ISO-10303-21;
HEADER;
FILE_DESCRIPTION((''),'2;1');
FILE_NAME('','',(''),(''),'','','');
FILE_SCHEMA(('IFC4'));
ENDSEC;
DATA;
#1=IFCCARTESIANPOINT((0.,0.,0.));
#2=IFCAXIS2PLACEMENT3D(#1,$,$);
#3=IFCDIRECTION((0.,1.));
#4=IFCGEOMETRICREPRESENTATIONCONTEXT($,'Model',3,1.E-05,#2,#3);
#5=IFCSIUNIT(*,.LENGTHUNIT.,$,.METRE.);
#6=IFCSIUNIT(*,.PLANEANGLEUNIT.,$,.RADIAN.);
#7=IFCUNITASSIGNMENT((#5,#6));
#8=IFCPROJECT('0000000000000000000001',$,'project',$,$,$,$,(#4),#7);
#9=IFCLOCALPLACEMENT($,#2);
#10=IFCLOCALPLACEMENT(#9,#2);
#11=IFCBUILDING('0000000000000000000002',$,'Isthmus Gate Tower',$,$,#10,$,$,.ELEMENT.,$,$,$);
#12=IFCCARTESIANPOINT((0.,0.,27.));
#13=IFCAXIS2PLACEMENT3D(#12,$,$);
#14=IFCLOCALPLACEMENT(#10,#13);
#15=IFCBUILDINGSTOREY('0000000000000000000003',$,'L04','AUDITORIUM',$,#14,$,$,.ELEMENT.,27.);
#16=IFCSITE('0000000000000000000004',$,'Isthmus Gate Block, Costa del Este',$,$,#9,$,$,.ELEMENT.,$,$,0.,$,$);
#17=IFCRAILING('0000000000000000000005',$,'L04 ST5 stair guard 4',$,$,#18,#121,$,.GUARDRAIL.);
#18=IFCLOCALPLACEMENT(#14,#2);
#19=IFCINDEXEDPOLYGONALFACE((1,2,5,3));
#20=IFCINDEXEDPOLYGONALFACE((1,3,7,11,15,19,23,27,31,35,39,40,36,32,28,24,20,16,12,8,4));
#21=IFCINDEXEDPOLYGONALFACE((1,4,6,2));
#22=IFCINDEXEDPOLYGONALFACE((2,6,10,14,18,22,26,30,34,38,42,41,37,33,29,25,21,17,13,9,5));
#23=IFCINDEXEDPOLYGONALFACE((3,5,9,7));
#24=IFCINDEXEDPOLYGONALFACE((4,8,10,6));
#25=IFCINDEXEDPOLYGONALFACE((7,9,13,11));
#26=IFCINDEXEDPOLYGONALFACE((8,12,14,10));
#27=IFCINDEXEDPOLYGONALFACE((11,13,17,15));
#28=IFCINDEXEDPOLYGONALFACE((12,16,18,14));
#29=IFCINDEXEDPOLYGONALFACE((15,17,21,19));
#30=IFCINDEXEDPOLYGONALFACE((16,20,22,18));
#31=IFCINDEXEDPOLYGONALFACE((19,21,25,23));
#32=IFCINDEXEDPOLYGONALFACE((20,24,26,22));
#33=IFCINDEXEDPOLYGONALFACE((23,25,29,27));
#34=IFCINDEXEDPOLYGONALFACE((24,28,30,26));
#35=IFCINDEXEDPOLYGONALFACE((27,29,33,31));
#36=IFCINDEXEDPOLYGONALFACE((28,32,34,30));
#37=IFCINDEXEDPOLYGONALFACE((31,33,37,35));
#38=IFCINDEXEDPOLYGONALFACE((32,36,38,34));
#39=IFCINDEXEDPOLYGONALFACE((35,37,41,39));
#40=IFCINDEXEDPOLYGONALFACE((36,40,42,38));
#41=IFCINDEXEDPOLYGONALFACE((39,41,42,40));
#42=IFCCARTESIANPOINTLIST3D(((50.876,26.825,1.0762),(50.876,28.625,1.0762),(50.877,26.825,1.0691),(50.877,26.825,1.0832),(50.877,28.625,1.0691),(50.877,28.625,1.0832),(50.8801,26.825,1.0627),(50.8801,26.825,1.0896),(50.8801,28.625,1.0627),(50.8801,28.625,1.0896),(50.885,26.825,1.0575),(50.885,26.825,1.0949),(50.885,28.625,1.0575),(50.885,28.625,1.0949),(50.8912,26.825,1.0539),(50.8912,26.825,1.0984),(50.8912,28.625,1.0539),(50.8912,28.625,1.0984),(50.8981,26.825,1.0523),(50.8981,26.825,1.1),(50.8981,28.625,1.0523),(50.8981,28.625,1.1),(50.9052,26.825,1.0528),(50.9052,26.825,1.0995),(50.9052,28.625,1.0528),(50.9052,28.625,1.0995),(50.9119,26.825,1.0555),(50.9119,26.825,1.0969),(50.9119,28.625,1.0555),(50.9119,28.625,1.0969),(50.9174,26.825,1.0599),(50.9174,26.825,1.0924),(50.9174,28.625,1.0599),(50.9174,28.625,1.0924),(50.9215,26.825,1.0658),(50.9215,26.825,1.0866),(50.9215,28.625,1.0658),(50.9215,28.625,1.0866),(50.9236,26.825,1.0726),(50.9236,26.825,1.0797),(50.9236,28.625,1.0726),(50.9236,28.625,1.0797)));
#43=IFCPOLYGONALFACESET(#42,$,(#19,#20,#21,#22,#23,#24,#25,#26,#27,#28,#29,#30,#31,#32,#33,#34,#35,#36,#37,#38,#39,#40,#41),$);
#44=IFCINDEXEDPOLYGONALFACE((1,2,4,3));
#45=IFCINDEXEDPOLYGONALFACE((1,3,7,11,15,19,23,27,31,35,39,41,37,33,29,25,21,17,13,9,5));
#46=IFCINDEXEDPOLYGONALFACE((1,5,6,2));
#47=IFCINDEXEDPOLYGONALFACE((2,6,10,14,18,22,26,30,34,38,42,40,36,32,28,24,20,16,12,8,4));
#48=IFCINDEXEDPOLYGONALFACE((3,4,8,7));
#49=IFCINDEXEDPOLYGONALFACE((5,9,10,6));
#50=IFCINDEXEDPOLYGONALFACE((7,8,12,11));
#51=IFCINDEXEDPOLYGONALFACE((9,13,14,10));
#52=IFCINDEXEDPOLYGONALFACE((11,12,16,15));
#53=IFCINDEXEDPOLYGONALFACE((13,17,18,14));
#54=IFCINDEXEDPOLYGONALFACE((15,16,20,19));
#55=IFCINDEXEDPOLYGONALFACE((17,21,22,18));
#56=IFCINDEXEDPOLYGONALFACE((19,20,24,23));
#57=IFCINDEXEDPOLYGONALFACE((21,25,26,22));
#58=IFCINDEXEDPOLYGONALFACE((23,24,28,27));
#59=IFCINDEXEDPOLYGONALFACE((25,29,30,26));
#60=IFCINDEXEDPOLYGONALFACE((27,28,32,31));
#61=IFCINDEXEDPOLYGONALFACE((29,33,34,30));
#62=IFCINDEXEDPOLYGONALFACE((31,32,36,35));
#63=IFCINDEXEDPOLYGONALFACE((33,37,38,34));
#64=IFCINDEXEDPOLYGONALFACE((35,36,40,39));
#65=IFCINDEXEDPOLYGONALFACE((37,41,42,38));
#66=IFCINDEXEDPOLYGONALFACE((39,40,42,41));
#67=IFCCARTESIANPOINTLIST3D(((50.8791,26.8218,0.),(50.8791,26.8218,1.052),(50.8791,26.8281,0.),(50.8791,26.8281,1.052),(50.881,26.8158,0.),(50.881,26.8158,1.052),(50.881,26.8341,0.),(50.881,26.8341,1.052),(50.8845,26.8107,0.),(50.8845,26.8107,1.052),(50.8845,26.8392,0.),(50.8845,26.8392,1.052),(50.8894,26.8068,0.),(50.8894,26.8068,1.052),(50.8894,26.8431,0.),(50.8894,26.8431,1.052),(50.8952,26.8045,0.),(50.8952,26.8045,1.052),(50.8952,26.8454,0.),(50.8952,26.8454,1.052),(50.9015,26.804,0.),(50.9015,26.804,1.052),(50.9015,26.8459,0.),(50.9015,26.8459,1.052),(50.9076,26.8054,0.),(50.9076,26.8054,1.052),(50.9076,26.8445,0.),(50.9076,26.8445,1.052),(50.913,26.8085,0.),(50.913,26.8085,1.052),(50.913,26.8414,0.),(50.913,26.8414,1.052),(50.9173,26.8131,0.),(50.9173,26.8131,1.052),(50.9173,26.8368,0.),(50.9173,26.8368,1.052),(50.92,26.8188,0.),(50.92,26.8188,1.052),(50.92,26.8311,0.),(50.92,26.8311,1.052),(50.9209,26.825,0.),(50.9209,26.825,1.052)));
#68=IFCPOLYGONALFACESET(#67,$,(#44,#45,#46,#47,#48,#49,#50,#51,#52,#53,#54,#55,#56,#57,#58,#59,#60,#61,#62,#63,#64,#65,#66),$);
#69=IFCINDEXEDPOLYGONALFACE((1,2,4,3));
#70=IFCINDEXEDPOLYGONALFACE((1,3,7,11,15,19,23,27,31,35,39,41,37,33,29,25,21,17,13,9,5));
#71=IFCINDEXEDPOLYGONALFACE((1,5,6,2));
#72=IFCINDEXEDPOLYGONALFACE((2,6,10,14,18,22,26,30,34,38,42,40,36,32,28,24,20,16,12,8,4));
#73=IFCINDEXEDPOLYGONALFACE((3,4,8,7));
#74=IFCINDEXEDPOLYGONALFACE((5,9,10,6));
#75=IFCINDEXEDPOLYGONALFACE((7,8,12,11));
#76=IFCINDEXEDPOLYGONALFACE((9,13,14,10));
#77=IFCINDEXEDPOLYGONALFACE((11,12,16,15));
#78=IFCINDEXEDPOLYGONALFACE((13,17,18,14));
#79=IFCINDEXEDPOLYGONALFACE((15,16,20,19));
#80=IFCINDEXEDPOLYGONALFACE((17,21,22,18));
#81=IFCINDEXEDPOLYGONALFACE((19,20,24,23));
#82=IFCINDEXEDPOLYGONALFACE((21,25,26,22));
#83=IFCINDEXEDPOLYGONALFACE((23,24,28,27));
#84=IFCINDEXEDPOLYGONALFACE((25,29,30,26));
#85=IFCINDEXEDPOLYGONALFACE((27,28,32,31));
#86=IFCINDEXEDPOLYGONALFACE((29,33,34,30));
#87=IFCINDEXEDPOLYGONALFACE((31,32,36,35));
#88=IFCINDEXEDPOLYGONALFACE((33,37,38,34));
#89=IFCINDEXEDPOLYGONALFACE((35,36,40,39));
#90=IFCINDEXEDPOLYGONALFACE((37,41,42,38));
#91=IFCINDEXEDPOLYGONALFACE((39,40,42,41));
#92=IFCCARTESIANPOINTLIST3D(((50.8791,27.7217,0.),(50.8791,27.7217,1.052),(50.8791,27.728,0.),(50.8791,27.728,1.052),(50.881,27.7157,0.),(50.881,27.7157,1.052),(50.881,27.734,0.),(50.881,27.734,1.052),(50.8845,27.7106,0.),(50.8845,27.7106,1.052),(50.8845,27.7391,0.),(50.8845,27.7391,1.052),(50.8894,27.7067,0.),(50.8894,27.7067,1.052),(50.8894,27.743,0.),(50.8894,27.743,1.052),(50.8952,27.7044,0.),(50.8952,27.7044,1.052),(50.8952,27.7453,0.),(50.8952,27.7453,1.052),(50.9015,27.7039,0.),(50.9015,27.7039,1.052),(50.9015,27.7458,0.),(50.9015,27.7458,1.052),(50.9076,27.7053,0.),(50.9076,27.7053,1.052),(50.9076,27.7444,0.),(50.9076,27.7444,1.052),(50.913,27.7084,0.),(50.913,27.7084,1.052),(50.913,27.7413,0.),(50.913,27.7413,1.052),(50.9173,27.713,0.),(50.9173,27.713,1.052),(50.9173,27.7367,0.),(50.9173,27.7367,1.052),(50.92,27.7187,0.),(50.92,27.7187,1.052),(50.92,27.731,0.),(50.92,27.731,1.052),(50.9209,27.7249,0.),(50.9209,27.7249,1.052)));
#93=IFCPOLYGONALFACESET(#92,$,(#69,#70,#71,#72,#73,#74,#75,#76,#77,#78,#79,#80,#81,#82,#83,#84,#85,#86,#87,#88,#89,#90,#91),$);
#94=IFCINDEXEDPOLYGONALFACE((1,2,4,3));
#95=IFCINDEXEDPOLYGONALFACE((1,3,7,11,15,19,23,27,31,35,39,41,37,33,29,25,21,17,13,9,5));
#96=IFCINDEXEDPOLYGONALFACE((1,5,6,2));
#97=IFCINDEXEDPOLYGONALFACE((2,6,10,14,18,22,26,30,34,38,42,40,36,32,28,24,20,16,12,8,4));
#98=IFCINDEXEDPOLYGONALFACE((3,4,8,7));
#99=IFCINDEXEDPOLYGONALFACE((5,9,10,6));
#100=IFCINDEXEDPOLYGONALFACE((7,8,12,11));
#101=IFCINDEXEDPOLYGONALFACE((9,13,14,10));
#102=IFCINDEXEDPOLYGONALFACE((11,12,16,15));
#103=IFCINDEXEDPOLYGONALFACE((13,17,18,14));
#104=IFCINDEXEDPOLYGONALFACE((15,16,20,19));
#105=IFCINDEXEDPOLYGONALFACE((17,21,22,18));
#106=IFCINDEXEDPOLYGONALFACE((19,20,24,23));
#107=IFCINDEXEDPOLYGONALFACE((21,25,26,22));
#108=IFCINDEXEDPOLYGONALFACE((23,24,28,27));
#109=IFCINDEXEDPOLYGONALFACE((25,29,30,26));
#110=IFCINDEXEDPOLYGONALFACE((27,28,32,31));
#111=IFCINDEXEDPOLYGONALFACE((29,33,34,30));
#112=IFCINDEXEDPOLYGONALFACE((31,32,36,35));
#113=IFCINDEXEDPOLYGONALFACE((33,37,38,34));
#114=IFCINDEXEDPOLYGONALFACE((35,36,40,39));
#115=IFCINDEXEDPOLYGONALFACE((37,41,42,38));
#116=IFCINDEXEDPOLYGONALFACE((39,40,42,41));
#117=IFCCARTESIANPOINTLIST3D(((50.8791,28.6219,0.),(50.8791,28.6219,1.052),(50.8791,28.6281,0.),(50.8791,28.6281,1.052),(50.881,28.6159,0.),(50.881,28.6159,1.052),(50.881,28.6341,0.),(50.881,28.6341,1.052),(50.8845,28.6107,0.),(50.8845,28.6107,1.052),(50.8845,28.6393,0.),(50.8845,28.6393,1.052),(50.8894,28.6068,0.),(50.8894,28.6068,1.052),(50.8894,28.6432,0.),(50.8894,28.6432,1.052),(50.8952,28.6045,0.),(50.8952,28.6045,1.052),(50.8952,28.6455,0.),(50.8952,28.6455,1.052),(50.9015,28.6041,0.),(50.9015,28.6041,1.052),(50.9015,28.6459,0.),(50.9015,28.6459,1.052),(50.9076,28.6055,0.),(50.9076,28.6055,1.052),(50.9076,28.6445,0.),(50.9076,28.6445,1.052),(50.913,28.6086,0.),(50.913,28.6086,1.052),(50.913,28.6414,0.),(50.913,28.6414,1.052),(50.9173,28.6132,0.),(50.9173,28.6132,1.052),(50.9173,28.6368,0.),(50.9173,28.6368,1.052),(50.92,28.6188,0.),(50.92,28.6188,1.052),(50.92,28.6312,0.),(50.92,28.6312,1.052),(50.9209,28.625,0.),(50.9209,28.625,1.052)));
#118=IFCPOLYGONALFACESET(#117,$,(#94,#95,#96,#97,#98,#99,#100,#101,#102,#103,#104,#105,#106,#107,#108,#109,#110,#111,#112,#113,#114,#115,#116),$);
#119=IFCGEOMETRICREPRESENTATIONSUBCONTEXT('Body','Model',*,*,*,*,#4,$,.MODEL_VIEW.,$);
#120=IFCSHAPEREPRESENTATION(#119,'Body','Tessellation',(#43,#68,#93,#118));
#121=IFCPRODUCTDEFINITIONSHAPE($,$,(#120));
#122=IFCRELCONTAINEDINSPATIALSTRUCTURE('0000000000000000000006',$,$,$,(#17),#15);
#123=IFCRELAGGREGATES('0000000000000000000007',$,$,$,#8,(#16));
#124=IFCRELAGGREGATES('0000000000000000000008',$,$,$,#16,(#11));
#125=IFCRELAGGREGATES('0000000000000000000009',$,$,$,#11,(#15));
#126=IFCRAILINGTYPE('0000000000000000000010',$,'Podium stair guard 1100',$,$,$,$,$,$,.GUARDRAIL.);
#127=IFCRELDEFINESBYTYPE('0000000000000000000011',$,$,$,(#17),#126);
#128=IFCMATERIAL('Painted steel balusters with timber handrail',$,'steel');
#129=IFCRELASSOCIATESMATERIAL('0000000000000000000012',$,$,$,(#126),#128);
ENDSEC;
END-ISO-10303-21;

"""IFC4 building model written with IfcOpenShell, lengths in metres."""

from ifc_helpers import new_model, si_unit, direction, frame, origin, origin_2d, place, context, subcontext, project, spatial, circle, extrude, material, type_object, element, save


model = new_model("IFC4")

# Units and contexts
model_context = context("Model", 3, precision=1e-05, world=origin(), true_north=direction((0.0, 1.0)))
body_context = subcontext(model_context, "Body", "Model", "MODEL_VIEW")
ifc_project = project(units=[si_unit("LENGTHUNIT", "METRE"), si_unit("PLANEANGLEUNIT", "RADIAN")], contexts=[model_context])

# Site, building, storey
site_placement = place(None, origin())
site = spatial("IfcSite", under=ifc_project, at=site_placement, Name="Isthmus Gate Block, Costa del Este", CompositionType="ELEMENT", RefElevation=0.0)
building_placement = place(site_placement, origin())
building = spatial("IfcBuilding", under=site, at=building_placement, Name="Isthmus Gate Tower", CompositionType="ELEMENT")
storey_placement = place(building_placement, frame((0.0, 0.0, 27.0)))
storey = spatial("IfcBuildingStorey", under=building, at=storey_placement, Name="L04", Description="AUDITORIUM", CompositionType="ELEMENT", Elevation=27.0)

# Railing
ifc_material_1 = material(Name="Painted steel balusters with timber handrail", Category="steel")
railing_type_1 = type_object("IfcRailingType", Name="Podium stair guard 1100", PredefinedType="GUARDRAIL", material=ifc_material_1)
railing_1_placement = place(storey_placement, frame((50.8999, 26.825, 0.0)))
element("IfcRailing", 1, at=railing_1_placement, inside=storey, type_object=railing_type_1, Name="L04 ST5 stair guard 4", PredefinedType="GUARDRAIL", context=body_context, shape_type="SweptSolid", body=[
    extrude(circle(Radius=0.0239, at=origin_2d()), frame((0.0, 0.0, 1.0762), z_axis=(0.0, 1.0, 0.0), x_axis=(-1.0, 0.0, 0.0)), (0.0, 0.0, 1.0), 1.8),
    extrude(circle(Radius=0.021, at=origin_2d()), origin(), (0.0, 0.0, 1.0), 1.052),
    extrude(circle(Radius=0.021, at=origin_2d()), frame((0.0, 0.8999, 0.0)), (0.0, 0.0, 1.0), 1.052),
    extrude(circle(Radius=0.021, at=origin_2d()), frame((0.0, 1.8, 0.0)), (0.0, 0.0, 1.0), 1.052),
])

save(model, "model.ifc")
